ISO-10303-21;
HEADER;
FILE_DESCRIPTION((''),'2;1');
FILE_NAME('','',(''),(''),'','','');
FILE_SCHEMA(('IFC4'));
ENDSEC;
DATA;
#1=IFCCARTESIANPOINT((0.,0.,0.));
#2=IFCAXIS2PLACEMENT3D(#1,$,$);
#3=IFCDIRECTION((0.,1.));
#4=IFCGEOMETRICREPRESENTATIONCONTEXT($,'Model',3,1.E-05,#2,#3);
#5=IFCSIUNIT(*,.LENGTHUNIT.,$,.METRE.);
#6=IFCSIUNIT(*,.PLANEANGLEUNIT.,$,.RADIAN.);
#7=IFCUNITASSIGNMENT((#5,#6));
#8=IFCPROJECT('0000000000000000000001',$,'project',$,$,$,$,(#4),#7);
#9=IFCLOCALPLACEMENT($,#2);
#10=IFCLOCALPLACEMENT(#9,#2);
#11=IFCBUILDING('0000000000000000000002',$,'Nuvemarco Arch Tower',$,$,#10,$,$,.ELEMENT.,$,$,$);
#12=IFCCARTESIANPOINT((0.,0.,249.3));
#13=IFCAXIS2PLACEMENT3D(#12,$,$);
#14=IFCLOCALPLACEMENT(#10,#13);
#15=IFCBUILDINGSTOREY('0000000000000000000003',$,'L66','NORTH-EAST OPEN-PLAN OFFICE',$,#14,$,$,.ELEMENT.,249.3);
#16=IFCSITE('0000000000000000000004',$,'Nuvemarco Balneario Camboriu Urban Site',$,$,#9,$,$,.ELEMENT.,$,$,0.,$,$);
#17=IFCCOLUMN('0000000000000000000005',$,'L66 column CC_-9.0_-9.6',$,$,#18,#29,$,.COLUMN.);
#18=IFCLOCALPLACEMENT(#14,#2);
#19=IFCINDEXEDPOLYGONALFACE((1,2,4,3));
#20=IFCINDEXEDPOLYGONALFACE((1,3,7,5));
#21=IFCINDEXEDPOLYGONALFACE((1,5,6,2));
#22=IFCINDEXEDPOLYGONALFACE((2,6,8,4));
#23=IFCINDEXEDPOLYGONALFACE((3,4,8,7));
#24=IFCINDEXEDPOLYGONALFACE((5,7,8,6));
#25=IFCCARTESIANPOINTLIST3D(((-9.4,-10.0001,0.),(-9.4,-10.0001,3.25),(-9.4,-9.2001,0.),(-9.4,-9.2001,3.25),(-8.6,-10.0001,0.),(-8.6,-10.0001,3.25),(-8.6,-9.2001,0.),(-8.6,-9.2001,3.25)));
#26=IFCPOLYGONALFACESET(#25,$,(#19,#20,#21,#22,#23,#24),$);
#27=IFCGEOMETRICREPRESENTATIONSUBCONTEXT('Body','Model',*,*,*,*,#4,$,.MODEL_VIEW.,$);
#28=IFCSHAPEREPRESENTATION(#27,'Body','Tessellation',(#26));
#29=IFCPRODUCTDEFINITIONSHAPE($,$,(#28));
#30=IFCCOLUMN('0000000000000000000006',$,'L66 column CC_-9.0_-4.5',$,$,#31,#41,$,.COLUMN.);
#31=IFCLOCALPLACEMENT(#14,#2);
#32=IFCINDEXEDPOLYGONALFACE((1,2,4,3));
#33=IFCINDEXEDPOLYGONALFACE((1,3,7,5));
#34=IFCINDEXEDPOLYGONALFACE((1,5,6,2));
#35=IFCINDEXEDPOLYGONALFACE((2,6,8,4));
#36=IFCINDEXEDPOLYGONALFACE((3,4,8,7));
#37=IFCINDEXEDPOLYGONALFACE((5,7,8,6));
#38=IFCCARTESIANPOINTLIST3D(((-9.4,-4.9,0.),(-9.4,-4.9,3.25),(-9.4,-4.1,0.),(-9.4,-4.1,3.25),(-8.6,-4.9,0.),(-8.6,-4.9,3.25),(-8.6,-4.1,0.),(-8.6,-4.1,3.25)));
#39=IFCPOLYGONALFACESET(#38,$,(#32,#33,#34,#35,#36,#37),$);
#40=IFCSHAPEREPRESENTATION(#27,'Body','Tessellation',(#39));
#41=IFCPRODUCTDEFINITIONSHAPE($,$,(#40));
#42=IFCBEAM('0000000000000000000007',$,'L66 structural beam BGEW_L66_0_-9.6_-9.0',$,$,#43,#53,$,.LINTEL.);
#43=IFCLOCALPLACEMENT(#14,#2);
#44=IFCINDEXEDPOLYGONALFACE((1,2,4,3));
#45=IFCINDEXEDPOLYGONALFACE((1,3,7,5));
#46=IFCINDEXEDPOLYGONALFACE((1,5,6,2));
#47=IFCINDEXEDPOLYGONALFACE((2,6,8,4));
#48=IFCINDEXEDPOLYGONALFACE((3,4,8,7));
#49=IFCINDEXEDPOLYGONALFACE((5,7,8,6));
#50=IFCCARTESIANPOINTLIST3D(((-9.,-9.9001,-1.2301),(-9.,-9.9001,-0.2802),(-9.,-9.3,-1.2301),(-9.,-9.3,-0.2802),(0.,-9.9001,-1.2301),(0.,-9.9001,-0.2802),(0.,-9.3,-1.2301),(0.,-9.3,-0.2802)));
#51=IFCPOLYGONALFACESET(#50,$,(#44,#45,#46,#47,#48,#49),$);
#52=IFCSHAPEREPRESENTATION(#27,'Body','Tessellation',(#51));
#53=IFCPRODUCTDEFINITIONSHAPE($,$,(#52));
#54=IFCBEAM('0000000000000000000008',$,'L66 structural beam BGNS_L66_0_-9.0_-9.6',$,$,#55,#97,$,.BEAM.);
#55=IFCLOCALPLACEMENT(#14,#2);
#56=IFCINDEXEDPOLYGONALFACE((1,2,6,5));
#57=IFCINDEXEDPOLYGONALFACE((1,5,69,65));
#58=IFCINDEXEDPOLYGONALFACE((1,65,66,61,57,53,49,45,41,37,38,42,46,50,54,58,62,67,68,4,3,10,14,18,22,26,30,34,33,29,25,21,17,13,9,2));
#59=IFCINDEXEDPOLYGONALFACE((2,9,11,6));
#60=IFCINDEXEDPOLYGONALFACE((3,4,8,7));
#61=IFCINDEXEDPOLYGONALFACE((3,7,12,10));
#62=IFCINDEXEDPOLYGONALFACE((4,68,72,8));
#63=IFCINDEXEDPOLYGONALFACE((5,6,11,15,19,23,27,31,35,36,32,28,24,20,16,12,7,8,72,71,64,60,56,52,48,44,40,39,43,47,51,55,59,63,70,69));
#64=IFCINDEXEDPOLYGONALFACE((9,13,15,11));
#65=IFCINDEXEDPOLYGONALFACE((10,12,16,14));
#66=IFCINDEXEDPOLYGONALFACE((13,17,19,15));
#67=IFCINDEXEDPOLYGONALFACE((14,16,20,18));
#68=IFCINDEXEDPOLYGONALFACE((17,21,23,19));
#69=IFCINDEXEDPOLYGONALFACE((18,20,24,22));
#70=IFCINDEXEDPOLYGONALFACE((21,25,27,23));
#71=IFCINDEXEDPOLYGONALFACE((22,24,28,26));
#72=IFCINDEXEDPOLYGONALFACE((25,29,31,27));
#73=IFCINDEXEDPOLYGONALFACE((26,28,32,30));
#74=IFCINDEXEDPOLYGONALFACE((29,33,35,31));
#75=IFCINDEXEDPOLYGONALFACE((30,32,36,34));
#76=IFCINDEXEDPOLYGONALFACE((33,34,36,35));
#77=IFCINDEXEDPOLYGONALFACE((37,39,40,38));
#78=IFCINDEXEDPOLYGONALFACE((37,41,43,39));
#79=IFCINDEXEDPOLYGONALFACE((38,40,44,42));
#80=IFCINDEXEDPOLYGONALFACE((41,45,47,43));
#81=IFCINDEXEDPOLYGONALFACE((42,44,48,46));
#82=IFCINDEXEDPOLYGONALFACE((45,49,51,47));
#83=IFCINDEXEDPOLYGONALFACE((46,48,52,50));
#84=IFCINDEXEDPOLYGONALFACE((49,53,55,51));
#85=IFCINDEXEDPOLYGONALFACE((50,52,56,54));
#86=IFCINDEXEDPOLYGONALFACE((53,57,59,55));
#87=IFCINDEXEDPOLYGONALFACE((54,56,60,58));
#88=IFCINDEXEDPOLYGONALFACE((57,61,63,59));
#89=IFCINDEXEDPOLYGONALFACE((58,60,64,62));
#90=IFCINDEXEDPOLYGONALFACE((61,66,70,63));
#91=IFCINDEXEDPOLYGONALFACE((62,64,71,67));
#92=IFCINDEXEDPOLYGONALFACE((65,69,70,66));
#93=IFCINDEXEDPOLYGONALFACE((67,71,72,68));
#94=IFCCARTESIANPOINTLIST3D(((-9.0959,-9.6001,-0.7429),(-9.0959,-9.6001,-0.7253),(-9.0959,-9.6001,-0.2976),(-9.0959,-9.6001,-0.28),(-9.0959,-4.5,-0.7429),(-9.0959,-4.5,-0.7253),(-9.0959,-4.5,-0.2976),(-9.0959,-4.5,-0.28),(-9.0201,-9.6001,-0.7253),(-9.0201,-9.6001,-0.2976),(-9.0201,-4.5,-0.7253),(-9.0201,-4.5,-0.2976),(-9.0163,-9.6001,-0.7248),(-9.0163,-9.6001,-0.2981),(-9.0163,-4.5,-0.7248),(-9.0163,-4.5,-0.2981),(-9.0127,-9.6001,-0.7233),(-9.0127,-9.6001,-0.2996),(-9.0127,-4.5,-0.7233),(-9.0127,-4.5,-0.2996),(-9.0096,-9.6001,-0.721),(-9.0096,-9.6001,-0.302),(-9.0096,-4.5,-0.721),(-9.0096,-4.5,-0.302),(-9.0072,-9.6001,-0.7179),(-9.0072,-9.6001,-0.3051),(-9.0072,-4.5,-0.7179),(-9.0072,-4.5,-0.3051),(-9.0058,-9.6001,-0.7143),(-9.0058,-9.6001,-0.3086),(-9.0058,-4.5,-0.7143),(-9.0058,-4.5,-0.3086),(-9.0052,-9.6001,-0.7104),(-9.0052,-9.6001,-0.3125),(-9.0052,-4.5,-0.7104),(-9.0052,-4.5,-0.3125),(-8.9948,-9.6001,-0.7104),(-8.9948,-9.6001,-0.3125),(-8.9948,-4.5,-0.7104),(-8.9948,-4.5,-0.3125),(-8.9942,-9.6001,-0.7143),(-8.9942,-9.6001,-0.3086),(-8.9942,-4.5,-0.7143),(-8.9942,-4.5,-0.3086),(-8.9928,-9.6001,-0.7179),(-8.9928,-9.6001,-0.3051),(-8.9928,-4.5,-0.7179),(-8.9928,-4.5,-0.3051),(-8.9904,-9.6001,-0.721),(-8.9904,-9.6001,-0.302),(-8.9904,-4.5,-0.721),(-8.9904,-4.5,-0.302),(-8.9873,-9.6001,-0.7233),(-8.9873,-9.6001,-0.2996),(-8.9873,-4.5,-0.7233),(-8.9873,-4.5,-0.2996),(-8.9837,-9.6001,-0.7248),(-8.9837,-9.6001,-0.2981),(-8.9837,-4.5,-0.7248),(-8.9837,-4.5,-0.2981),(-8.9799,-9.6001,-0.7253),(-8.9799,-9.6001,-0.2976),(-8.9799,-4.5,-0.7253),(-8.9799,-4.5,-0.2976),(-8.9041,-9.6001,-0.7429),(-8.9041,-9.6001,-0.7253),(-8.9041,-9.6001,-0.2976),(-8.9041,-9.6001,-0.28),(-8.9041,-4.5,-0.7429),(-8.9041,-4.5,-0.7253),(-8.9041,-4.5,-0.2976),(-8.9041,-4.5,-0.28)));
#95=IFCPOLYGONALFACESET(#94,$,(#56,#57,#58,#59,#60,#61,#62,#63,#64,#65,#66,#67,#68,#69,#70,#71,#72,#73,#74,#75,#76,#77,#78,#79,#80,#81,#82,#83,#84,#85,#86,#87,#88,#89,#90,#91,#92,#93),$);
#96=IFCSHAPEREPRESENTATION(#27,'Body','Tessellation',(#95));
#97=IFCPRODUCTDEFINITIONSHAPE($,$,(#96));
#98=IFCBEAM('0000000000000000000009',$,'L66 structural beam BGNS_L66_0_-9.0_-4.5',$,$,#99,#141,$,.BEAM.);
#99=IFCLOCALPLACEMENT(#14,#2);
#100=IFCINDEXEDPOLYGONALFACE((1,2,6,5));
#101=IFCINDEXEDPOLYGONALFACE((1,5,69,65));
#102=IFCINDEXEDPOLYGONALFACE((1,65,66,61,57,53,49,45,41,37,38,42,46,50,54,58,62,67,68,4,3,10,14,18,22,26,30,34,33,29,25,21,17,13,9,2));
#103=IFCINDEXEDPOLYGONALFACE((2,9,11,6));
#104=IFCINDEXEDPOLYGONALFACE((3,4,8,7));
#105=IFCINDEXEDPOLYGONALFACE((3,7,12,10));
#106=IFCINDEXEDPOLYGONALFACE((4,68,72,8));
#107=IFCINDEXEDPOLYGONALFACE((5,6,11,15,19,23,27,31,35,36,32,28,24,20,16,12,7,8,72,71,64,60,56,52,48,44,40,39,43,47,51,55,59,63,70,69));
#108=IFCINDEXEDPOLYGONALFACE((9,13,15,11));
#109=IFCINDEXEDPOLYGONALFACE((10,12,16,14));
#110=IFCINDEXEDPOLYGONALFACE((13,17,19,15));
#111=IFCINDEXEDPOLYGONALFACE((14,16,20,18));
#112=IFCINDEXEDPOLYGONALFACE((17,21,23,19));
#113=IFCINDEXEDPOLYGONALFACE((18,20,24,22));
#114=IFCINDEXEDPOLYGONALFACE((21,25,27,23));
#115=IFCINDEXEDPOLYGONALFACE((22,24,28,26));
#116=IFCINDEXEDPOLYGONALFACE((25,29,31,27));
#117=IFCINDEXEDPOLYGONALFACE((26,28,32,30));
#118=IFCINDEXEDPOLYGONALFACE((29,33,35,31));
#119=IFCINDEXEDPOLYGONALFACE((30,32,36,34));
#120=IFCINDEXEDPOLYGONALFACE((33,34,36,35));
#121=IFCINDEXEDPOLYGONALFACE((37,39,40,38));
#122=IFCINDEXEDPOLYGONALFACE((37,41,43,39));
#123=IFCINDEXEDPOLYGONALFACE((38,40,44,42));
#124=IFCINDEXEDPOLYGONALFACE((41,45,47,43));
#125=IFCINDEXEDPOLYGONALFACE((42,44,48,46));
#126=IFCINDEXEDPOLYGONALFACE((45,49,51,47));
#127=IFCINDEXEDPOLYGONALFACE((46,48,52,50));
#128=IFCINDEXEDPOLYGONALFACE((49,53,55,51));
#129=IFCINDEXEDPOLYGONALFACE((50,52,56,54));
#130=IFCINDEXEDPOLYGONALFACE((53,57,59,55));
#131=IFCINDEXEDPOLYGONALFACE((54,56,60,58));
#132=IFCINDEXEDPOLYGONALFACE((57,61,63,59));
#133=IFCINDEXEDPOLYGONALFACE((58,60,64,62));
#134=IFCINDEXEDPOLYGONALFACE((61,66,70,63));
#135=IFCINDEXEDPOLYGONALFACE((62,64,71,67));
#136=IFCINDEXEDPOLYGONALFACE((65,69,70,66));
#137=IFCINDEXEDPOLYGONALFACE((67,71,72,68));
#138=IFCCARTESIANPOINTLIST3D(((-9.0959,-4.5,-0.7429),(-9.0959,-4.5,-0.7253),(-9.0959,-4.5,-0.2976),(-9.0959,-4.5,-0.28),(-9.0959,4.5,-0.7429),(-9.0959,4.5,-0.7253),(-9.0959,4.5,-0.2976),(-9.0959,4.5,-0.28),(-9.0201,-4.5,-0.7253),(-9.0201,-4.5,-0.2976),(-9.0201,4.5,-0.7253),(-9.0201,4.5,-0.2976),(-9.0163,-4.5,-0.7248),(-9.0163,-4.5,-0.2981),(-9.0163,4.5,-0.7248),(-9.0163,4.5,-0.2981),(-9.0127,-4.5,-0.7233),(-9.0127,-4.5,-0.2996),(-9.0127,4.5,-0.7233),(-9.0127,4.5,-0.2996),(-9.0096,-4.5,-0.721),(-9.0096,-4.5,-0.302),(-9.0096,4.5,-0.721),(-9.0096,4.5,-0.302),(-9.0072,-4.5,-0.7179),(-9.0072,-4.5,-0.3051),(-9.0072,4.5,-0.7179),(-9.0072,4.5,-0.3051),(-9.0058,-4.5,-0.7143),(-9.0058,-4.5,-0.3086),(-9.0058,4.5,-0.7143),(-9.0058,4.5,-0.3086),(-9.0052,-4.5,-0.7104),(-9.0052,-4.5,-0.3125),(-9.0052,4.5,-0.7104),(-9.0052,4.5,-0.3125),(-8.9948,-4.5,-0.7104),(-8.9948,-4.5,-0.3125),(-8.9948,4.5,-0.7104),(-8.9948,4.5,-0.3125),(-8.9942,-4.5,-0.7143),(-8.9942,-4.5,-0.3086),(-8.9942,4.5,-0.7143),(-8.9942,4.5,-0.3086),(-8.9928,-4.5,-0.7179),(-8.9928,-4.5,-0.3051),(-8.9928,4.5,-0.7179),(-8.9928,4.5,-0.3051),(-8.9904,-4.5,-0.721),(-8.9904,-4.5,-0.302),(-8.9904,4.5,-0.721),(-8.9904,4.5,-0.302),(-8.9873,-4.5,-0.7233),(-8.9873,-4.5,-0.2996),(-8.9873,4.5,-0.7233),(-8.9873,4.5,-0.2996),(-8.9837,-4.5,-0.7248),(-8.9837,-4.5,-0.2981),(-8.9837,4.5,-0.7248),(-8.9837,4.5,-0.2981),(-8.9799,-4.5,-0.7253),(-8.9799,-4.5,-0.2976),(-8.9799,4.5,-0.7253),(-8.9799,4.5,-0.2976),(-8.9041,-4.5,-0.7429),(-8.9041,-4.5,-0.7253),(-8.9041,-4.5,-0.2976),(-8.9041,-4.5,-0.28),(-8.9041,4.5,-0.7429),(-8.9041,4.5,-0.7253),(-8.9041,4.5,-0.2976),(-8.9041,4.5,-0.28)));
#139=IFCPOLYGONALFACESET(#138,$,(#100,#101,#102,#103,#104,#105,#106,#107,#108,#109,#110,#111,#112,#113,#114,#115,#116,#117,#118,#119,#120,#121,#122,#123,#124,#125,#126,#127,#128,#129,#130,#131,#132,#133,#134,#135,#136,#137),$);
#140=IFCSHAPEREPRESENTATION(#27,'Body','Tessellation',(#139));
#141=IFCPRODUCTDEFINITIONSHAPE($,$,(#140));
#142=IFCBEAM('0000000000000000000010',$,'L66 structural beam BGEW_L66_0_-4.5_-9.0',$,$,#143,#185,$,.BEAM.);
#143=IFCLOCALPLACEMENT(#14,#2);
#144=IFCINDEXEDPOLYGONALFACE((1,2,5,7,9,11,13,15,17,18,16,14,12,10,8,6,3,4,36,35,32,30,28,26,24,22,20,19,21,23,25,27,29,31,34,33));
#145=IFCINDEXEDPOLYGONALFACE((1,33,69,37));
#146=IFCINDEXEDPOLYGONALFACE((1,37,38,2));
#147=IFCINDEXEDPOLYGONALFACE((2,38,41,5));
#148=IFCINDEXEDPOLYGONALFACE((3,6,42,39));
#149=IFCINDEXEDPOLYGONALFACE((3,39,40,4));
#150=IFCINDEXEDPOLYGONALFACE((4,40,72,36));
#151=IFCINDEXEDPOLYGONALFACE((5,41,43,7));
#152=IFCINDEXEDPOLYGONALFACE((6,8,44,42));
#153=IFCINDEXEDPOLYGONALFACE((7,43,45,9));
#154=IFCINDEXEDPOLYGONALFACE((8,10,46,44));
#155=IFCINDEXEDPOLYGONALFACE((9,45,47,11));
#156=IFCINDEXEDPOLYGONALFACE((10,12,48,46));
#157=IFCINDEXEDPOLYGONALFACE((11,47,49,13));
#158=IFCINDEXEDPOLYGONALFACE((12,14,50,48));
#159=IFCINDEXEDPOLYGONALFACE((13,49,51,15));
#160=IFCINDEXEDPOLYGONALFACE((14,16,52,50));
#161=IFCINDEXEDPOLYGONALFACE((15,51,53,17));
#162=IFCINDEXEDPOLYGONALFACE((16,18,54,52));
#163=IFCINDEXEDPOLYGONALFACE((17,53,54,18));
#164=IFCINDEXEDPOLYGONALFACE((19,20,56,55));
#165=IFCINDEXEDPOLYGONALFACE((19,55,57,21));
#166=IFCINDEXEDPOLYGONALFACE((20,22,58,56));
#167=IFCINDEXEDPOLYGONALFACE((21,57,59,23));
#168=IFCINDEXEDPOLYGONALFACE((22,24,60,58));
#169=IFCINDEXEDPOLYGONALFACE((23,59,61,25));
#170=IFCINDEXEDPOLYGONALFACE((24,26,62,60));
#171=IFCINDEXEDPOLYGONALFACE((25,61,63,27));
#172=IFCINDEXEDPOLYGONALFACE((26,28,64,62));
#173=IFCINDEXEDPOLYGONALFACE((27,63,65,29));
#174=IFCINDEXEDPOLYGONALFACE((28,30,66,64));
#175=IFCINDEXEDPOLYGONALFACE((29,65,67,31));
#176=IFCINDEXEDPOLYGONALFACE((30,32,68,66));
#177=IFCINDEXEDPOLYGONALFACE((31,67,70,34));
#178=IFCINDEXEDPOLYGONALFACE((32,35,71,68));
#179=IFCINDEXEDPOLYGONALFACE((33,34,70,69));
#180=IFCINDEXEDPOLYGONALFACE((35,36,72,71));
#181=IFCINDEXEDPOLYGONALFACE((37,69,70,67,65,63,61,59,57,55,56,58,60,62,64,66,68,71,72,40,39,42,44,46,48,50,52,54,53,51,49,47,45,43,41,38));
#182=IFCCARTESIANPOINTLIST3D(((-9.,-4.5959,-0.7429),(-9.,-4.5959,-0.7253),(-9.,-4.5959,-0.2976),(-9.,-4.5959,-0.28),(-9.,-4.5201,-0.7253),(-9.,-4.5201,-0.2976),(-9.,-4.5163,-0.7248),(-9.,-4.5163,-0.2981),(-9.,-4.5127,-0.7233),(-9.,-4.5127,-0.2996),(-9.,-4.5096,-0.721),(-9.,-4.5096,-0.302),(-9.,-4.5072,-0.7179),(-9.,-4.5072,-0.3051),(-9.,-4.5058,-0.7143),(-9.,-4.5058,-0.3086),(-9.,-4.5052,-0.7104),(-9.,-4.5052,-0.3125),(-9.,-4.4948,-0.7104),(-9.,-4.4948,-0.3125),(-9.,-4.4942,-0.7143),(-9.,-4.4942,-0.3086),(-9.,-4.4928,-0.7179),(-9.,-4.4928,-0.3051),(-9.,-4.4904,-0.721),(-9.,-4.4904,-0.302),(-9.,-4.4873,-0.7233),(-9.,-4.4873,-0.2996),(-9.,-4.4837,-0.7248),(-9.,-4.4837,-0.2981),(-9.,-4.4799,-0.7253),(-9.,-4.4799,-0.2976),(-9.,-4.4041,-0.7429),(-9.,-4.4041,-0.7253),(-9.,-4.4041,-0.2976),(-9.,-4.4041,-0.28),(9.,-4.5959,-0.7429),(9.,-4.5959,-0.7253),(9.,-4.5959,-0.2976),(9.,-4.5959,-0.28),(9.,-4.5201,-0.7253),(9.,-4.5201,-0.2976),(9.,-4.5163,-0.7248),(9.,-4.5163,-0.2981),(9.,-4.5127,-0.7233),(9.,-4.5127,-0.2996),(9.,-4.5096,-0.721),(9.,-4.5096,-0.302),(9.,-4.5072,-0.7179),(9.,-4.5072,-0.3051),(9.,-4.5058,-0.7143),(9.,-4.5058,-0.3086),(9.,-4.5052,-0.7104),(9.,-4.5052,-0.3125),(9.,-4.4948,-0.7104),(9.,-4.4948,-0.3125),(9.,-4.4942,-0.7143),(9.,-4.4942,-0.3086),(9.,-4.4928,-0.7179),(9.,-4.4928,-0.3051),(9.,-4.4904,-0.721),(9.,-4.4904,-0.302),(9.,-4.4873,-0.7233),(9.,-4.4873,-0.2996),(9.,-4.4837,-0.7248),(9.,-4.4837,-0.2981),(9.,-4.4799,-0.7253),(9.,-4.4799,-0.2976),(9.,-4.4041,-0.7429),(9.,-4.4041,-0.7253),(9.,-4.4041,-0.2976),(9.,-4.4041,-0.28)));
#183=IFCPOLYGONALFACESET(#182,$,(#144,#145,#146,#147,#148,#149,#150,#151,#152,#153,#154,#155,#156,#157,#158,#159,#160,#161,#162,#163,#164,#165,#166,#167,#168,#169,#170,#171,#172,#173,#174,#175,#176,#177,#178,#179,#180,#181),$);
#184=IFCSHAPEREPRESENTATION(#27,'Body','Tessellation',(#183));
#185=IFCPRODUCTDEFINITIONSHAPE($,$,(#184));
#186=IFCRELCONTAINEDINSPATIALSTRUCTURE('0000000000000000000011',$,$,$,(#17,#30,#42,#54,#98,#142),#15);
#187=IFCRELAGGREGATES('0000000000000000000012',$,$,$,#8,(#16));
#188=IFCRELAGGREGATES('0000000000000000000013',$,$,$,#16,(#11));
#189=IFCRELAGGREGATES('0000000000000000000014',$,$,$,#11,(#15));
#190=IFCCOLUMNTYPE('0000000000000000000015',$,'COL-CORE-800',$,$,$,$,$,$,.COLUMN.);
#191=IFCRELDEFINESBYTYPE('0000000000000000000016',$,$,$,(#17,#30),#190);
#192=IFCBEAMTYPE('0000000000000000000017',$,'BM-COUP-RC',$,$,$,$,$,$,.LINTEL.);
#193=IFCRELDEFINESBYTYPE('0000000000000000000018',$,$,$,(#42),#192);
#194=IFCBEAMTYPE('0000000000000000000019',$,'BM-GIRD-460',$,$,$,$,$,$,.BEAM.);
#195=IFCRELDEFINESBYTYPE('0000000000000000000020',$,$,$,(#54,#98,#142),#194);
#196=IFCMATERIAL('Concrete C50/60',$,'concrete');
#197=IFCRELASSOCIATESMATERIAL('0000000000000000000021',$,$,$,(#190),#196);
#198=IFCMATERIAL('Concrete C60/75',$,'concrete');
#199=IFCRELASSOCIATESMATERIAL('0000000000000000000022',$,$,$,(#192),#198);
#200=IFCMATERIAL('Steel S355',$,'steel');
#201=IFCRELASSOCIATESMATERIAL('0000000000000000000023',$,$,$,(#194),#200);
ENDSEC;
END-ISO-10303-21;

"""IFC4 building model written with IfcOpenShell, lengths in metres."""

from ifc_helpers import new_model, si_unit, direction, frame, origin, origin_2d, place, context, subcontext, project, spatial, rectangle, i_section, extrude, material, material_profile, profile_set, type_object, element, save


model = new_model("IFC4")

# Units and contexts
model_context = context("Model", 3, precision=1e-05, world=origin(), true_north=direction((0.0, 1.0)))
body_context = subcontext(model_context, "Body", "Model", "MODEL_VIEW")
ifc_project = project(units=[si_unit("LENGTHUNIT", "METRE"), si_unit("PLANEANGLEUNIT", "RADIAN")], contexts=[model_context])

# Site, building, storey
site_placement = place(None, origin())
site = spatial("IfcSite", under=ifc_project, at=site_placement, Name="Nuvemarco Balneario Camboriu Urban Site", CompositionType="ELEMENT", RefElevation=0.0)
building_placement = place(site_placement, origin())
building = spatial("IfcBuilding", under=site, at=building_placement, Name="Nuvemarco Arch Tower", CompositionType="ELEMENT")
storey_placement = place(building_placement, frame((0.0, 0.0, 249.3)))
storey = spatial("IfcBuildingStorey", under=building, at=storey_placement, Name="L66", Description="NORTH-EAST OPEN-PLAN OFFICE", CompositionType="ELEMENT", Elevation=249.3)

# Columns
ifc_material_1 = material(Name="Concrete C50/60", Category="concrete")
ifc_material_profile_1 = material_profile(ifc_material_1, rectangle(XDim=0.8, YDim=0.8, at=origin_2d()), Name="RC-COL-800x800")
ifc_profile_set_1 = profile_set([ifc_material_profile_1], Name="Concrete C50/60")
column_type = type_object("IfcColumnType", Name="COL-CORE-800", PredefinedType="COLUMN", material=ifc_profile_set_1)
for number, where, z_axis, x_axis, name in (
    (1, (-9.0, -9.6001, 0.0), (0.0, 0.0, 1.0), (1.0, 0.0, 0.0), "L66 column CC_-9.0_-9.6"),
    (2, (-9.0, -4.5, 0.0), (0.0, 0.0, 1.0), (1.0, 0.0, 0.0), "L66 column CC_-9.0_-4.5"),
):
    element("IfcColumn", number, at=place(storey_placement, frame(where, z_axis=z_axis, x_axis=x_axis)), inside=storey, type_object=column_type, Name=name, PredefinedType="COLUMN", context=body_context, shape_type="SweptSolid", body=[
        extrude(rectangle(XDim=0.8, YDim=0.8, at=origin_2d()), origin(), (0.0, 0.0, 1.0), 3.25),
    ])

# Beams
ifc_material_2 = material(Name="Concrete C60/75", Category="concrete")
ifc_material_profile_2 = material_profile(ifc_material_2, rectangle(XDim=0.6001, YDim=0.95, at=origin_2d()), Name="RC-BM-600x950")
ifc_profile_set_2 = profile_set([ifc_material_profile_2], Name="Concrete C60/75")
beam_type_1 = type_object("IfcBeamType", Name="BM-COUP-RC", PredefinedType="LINTEL", material=ifc_profile_set_2)
beam_1_placement = place(storey_placement, frame((-9.0, -9.6001, -0.7551), z_axis=(1.0, 0.0, 0.0), x_axis=(0.0, 1.0, 0.0)))
element("IfcBeam", 3, at=beam_1_placement, inside=storey, type_object=beam_type_1, Name="L66 structural beam BGEW_L66_0_-9.6_-9.0", PredefinedType="LINTEL", context=body_context, shape_type="SweptSolid", body=[
    extrude(rectangle(XDim=0.6001, YDim=0.95, at=origin_2d()), origin(), (0.0, 0.0, 1.0), 9.0),
])
ifc_material_3 = material(Name="Steel S355", Category="steel")
ifc_material_profile_3 = material_profile(ifc_material_3, i_section(OverallWidth=0.1919, OverallDepth=0.4629, WebThickness=0.0105, FlangeThickness=0.0176, FilletRadius=0.0149, at=origin_2d()), Name="W460x89")
ifc_profile_set_3 = profile_set([ifc_material_profile_3], Name="Steel S355")
beam_type_2 = type_object("IfcBeamType", Name="BM-GIRD-460", PredefinedType="BEAM", material=ifc_profile_set_3)
beam_2_placement = place(storey_placement, frame((-9.0, -9.6001, -0.5115), z_axis=(0.0, 1.0, 0.0), x_axis=(-1.0, 0.0, 0.0)))
element("IfcBeam", 4, at=beam_2_placement, inside=storey, type_object=beam_type_2, Name="L66 structural beam BGNS_L66_0_-9.0_-9.6", PredefinedType="BEAM", context=body_context, shape_type="SweptSolid", body=[
    extrude(i_section(OverallWidth=0.1919, OverallDepth=0.4629, WebThickness=0.0105, FlangeThickness=0.0176, FilletRadius=0.0149, at=origin_2d()), origin(), (0.0, 0.0, 1.0), 5.1001),
])
beam_3_placement = place(storey_placement, frame((-9.0, -4.5, -0.5115), z_axis=(0.0, 1.0, 0.0), x_axis=(-1.0, 0.0, 0.0)))
element("IfcBeam", 5, at=beam_3_placement, inside=storey, type_object=beam_type_2, Name="L66 structural beam BGNS_L66_0_-9.0_-4.5", PredefinedType="BEAM", context=body_context, shape_type="SweptSolid", body=[
    extrude(i_section(OverallWidth=0.1919, OverallDepth=0.4629, WebThickness=0.0105, FlangeThickness=0.0176, FilletRadius=0.0149, at=origin_2d()), origin(), (0.0, 0.0, 1.0), 9.0),
])
beam_4_placement = place(storey_placement, frame((-9.0, -4.5, -0.5115), z_axis=(1.0, 0.0, 0.0), x_axis=(0.0, 1.0, 0.0)))
element("IfcBeam", 6, at=beam_4_placement, inside=storey, type_object=beam_type_2, Name="L66 structural beam BGEW_L66_0_-4.5_-9.0", PredefinedType="BEAM", context=body_context, shape_type="SweptSolid", body=[
    extrude(i_section(OverallWidth=0.1919, OverallDepth=0.4629, WebThickness=0.0105, FlangeThickness=0.0176, FilletRadius=0.0149, at=origin_2d()), origin(), (0.0, 0.0, 1.0), 18.0),
])

save(model, "model.ifc")
